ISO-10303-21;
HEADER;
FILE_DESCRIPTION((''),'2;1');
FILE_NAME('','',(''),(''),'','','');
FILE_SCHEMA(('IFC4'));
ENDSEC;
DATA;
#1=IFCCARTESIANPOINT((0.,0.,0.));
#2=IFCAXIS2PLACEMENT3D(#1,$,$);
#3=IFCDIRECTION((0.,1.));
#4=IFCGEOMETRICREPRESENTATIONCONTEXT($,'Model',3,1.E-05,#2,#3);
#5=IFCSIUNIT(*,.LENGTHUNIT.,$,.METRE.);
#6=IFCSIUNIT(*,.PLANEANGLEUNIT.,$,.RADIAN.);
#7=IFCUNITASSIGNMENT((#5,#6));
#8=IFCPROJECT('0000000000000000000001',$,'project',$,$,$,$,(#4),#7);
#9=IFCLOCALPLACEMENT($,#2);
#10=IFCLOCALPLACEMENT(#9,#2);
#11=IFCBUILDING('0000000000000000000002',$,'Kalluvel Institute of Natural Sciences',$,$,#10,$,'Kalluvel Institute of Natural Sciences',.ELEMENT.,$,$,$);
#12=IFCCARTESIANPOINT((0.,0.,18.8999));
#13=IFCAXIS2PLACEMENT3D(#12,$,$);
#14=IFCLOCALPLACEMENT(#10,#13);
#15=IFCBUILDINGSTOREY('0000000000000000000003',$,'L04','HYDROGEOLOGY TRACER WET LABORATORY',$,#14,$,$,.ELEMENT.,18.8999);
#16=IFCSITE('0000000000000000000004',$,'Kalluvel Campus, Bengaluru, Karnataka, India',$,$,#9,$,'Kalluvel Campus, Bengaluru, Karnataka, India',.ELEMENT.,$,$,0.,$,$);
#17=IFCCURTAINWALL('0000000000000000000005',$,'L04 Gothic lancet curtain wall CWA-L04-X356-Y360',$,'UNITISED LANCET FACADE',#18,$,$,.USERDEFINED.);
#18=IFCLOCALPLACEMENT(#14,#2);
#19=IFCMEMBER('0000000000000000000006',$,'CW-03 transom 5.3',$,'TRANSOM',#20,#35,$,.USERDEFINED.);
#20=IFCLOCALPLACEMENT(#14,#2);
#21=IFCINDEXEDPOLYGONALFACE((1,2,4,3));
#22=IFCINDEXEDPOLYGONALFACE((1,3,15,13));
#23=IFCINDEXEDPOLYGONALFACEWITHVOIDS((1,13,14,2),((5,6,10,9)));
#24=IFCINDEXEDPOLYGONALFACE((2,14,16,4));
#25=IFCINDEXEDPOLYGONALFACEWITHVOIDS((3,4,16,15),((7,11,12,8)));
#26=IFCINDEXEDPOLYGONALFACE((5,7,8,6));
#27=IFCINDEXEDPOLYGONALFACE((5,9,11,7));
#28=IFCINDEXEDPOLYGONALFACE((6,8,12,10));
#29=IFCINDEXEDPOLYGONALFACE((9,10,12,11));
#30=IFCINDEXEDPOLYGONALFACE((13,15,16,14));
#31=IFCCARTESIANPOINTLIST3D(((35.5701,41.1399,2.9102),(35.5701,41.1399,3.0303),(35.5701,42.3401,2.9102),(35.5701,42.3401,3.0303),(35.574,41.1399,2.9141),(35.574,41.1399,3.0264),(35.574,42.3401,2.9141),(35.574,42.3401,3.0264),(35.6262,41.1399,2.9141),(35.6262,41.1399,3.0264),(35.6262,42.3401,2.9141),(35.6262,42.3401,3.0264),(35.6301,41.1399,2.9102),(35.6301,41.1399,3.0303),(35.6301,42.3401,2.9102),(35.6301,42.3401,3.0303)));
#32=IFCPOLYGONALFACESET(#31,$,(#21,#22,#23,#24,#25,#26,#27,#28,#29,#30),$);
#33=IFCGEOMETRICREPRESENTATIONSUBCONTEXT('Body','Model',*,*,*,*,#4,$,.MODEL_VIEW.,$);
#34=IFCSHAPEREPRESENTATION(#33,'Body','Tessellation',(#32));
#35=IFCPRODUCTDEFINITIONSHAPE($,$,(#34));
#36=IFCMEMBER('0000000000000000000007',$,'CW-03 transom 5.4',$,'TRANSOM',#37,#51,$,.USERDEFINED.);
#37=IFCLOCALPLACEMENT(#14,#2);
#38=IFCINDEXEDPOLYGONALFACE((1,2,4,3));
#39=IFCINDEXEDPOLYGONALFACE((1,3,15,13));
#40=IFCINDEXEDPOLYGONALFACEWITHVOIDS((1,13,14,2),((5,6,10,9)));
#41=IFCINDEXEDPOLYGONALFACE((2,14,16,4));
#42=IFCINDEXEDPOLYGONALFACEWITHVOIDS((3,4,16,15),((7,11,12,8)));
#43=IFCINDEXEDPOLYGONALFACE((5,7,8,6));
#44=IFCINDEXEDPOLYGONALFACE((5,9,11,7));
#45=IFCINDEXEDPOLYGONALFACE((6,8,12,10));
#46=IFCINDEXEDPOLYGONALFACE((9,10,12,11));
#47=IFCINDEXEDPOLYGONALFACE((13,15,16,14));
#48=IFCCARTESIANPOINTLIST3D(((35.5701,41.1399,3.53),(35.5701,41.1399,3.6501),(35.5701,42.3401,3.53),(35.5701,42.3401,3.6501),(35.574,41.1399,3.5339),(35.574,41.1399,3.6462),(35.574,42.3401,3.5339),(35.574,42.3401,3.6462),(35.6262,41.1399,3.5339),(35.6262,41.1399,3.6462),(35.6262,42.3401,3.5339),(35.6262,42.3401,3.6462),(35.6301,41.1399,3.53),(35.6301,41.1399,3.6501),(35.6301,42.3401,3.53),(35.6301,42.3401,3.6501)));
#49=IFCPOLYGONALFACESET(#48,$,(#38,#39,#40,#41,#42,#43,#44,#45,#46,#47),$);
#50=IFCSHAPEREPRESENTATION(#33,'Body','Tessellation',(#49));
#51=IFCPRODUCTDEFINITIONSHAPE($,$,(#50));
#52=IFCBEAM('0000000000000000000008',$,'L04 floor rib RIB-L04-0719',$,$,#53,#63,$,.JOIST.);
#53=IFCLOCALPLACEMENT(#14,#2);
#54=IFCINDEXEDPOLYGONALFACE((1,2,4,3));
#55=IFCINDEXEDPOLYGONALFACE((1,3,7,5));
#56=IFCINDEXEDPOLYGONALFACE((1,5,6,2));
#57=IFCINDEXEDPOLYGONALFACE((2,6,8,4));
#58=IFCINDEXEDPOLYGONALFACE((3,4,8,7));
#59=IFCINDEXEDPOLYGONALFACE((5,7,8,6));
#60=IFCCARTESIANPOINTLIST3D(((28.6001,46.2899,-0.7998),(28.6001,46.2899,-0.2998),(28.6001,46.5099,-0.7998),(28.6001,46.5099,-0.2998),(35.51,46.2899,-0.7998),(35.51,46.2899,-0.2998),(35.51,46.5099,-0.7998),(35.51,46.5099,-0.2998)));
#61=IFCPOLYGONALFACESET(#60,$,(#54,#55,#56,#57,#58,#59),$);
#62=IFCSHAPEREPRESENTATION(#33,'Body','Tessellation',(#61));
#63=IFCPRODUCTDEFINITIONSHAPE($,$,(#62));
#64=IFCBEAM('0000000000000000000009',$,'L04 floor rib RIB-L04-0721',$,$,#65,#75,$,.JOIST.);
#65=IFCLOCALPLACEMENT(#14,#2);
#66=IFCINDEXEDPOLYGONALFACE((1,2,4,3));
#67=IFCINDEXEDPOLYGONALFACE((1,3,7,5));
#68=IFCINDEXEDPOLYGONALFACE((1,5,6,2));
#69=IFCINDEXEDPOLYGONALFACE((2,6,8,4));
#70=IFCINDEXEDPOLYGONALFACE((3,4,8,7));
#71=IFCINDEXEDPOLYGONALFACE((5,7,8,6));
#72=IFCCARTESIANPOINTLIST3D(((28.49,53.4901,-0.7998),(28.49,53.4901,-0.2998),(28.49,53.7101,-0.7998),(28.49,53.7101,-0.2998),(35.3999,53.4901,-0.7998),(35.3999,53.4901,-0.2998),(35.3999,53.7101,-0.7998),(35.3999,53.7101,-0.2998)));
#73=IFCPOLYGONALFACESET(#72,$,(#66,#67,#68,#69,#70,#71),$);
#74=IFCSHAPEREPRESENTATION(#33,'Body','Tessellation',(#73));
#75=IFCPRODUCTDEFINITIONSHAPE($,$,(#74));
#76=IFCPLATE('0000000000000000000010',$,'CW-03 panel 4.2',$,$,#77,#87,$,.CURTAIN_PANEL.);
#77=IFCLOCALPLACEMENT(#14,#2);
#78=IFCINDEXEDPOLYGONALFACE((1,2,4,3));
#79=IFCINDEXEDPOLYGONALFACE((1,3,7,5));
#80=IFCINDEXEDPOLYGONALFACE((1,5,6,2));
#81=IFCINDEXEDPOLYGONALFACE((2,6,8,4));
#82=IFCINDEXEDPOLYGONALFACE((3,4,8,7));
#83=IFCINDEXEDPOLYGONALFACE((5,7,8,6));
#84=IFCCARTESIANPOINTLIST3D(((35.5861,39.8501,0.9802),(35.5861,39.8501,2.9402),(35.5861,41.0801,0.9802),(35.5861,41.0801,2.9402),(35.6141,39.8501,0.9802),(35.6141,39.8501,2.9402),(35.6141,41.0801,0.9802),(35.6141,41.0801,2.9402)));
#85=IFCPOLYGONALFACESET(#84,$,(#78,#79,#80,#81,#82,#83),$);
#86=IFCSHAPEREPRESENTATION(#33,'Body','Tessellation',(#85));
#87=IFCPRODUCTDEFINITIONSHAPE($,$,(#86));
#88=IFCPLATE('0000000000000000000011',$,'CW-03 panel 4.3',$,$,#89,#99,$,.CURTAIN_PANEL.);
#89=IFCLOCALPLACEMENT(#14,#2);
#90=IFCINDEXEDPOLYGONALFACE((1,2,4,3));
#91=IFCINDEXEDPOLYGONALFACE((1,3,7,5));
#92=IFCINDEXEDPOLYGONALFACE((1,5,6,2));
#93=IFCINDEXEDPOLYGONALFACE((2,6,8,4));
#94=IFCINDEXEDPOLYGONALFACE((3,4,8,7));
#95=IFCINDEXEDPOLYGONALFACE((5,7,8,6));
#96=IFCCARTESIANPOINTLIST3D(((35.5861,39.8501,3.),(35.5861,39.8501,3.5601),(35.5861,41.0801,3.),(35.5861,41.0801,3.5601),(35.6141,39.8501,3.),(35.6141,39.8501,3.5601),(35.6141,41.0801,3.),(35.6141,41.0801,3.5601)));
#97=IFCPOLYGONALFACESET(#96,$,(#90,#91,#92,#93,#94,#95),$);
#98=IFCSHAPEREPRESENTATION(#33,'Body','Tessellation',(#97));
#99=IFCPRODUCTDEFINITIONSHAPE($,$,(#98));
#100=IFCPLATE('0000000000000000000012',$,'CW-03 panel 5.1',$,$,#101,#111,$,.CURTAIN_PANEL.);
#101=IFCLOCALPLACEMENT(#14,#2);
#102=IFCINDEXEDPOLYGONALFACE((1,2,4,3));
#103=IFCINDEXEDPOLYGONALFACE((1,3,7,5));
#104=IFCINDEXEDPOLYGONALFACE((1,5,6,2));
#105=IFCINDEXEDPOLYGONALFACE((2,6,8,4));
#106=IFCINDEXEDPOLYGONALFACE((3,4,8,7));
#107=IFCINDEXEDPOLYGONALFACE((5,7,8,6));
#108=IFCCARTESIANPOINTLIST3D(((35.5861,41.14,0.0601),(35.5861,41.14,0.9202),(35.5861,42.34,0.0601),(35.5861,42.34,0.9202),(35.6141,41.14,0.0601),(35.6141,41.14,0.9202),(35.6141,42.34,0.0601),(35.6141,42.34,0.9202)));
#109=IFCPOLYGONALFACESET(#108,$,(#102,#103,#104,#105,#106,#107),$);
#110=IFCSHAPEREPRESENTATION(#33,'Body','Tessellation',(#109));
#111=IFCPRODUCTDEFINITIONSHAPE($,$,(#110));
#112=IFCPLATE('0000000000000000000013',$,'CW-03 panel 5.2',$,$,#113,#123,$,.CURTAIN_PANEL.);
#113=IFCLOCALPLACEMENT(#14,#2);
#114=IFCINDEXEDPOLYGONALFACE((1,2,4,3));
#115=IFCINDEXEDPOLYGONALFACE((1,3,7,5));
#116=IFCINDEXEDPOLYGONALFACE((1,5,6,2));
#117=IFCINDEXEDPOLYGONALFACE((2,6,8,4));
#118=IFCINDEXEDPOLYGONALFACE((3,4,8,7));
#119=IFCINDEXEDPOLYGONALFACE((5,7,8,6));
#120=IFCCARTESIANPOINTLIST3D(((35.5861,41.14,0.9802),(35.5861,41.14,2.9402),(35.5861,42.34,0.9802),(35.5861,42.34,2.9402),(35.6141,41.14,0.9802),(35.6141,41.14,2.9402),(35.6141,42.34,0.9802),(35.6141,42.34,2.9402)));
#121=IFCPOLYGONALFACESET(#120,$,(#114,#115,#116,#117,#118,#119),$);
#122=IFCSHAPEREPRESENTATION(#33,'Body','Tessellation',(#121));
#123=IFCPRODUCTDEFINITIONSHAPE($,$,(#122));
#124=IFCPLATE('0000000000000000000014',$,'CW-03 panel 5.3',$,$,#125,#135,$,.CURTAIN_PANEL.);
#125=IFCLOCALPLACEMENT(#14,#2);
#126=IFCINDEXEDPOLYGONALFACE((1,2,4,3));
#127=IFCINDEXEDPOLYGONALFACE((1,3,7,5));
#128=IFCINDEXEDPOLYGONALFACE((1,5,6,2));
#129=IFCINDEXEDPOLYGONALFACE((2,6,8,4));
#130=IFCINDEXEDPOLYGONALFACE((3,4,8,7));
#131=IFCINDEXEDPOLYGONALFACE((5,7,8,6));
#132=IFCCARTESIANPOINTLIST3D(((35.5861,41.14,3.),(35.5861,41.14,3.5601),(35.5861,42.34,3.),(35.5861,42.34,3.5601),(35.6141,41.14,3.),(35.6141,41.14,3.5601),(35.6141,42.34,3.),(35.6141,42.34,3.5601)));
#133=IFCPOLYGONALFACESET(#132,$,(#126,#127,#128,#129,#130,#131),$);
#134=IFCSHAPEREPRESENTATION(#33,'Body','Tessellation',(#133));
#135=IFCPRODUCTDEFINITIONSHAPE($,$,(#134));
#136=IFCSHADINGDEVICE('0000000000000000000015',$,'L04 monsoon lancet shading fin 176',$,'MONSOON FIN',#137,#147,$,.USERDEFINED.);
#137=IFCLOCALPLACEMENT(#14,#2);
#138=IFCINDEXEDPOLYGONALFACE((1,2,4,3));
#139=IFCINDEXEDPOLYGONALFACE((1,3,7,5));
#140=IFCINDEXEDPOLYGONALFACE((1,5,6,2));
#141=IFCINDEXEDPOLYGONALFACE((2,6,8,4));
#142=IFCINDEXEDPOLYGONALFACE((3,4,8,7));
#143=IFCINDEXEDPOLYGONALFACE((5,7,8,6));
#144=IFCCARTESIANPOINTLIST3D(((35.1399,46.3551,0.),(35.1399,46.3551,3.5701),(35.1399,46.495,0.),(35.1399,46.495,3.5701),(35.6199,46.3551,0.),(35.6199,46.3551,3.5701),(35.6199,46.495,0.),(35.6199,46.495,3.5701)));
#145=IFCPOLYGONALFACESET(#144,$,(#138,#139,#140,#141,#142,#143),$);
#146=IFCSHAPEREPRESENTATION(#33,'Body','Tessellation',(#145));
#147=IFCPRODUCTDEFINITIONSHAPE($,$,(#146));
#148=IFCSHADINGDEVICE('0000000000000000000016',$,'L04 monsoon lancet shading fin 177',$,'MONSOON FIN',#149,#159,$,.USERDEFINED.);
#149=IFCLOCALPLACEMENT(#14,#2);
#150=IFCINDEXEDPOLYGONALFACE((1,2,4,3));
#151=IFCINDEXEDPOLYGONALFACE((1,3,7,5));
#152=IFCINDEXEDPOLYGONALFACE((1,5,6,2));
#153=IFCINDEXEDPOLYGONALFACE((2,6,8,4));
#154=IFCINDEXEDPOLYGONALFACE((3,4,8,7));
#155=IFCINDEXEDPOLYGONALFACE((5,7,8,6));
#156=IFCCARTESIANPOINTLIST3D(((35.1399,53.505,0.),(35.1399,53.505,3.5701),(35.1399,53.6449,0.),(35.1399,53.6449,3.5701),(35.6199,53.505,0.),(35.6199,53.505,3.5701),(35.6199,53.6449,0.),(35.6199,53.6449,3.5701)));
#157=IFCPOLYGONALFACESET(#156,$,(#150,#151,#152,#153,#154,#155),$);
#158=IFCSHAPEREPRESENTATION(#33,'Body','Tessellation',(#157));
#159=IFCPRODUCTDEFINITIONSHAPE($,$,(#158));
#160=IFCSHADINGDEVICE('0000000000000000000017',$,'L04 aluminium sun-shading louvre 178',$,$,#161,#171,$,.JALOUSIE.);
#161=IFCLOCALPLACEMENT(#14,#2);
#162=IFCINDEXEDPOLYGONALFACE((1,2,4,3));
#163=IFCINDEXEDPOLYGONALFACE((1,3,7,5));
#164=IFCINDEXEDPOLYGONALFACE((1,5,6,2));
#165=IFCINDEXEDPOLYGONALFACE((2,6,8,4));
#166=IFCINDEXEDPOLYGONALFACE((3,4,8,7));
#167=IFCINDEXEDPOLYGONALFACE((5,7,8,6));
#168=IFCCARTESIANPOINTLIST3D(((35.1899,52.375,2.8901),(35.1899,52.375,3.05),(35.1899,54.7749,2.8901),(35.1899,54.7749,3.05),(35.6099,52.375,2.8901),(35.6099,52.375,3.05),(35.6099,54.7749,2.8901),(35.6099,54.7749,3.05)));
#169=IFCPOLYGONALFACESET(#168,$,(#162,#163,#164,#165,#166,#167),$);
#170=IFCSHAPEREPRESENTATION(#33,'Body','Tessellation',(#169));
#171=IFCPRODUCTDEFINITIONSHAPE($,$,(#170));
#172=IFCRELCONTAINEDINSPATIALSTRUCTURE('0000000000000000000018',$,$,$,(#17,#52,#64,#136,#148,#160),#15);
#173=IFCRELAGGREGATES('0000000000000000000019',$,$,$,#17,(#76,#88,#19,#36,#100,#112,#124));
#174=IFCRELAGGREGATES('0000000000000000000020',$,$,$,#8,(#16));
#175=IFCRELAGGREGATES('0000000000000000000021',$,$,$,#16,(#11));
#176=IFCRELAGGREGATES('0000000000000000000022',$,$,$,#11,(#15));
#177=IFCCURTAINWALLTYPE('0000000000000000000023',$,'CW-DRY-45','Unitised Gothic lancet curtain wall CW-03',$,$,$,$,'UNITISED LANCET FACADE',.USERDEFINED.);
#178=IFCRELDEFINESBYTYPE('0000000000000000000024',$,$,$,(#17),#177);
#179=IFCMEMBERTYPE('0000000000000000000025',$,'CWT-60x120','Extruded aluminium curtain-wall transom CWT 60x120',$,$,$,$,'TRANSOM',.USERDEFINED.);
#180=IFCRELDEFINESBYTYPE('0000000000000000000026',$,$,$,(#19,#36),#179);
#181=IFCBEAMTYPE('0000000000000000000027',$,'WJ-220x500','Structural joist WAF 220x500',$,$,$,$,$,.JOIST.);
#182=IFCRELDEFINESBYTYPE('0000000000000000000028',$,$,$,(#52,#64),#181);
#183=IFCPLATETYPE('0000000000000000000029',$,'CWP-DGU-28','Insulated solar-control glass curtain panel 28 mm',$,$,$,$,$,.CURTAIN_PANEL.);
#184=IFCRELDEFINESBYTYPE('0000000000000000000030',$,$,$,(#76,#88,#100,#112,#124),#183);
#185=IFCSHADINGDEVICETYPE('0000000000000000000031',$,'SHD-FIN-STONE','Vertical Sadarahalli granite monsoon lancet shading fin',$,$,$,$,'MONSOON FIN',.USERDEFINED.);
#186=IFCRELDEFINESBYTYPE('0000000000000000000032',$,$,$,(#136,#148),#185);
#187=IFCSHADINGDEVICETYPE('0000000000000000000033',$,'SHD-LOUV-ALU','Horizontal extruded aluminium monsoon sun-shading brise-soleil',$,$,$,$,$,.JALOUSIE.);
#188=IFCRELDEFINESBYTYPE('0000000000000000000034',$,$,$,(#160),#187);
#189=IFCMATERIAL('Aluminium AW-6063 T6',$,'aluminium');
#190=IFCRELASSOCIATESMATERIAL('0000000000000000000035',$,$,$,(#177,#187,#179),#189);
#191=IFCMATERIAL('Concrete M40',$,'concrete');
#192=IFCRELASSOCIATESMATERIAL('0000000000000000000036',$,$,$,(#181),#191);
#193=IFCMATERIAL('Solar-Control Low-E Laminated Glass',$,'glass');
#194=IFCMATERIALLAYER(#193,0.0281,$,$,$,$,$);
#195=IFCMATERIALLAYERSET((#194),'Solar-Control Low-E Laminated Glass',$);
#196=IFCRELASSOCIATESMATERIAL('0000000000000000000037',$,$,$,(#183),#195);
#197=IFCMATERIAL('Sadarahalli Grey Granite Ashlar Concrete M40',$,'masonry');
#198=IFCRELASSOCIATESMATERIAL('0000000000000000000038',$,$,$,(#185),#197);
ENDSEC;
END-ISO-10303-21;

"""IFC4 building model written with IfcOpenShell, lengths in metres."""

from ifc_helpers import new_model, si_unit, direction, frame, origin, origin_2d, place, context, subcontext, project, spatial, rectangle, hollow_rectangle, extrude, material, layer, layer_set, material_profile, profile_set, type_object, element, aggregate, save


model = new_model("IFC4")

# Units and contexts
model_context = context("Model", 3, precision=1e-05, world=origin(), true_north=direction((0.0, 1.0)))
body_context = subcontext(model_context, "Body", "Model", "MODEL_VIEW")
ifc_project = project(units=[si_unit("LENGTHUNIT", "METRE"), si_unit("PLANEANGLEUNIT", "RADIAN")], contexts=[model_context])

# Site, building, storey
site_placement = place(None, origin())
site = spatial("IfcSite", under=ifc_project, at=site_placement, Name="Kalluvel Campus, Bengaluru, Karnataka, India", LongName="Kalluvel Campus, Bengaluru, Karnataka, India", CompositionType="ELEMENT", RefElevation=0.0)
building_placement = place(site_placement, origin())
building = spatial("IfcBuilding", under=site, at=building_placement, Name="Kalluvel Institute of Natural Sciences", LongName="Kalluvel Institute of Natural Sciences", CompositionType="ELEMENT")
storey_placement = place(building_placement, frame((0.0, 0.0, 18.8999)))
storey = spatial("IfcBuildingStorey", under=building, at=storey_placement, Name="L04", Description="HYDROGEOLOGY TRACER WET LABORATORY", CompositionType="ELEMENT", Elevation=18.8999)

# Shared definitions
ifc_material_1 = material(Name="Concrete M40", Category="concrete")

# Curtain wall
ifc_material_2 = material(Name="Aluminium AW-6063 T6", Category="aluminium")
curtain_wall_type = type_object("IfcCurtainWallType", Name="CW-DRY-45", Description="Unitised Gothic lancet curtain wall CW-03", ElementType="UNITISED LANCET FACADE", PredefinedType="USERDEFINED", material=ifc_material_2)
curtain_wall_1_placement = place(storey_placement, origin())
curtain_wall_1 = element("IfcCurtainWall", 1, at=curtain_wall_1_placement, inside=storey, type_object=curtain_wall_type, Name="L04 Gothic lancet curtain wall CWA-L04-X356-Y360", ObjectType="UNITISED LANCET FACADE", PredefinedType="USERDEFINED")

# Members
ifc_material_profile_1 = material_profile(ifc_material_2, hollow_rectangle(XDim=0.0601, YDim=0.1201, WallThickness=0.0039, at=origin_2d()), Name="CWT 60x120")
ifc_profile_set_1 = profile_set([ifc_material_profile_1], Name="Aluminium AW-6063 T6")
member_type_1 = type_object("IfcMemberType", Name="CWT-60x120", Description="Extruded aluminium curtain-wall transom CWT 60x120", ElementType="TRANSOM", PredefinedType="USERDEFINED", material=ifc_profile_set_1)
member_1_placement = place(storey_placement, frame((35.6001, 41.1399, 2.9702), z_axis=(0.0, 1.0, 0.0), x_axis=(-1.0, 0.0, 0.0)))
member_1 = element("IfcMember", 2, at=member_1_placement, type_object=member_type_1, Name="CW-03 transom 5.3", ObjectType="TRANSOM", PredefinedType="USERDEFINED", context=body_context, shape_type="SweptSolid", body=[
    extrude(hollow_rectangle(XDim=0.0601, YDim=0.1201, WallThickness=0.0039, at=origin_2d()), origin(), (0.0, 0.0, 1.0), 1.2002),
])
member_2_placement = place(storey_placement, frame((35.6001, 41.1399, 3.5901), z_axis=(0.0, 1.0, 0.0), x_axis=(-1.0, 0.0, 0.0)))
member_2 = element("IfcMember", 3, at=member_2_placement, type_object=member_type_1, Name="CW-03 transom 5.4", ObjectType="TRANSOM", PredefinedType="USERDEFINED", context=body_context, shape_type="SweptSolid", body=[
    extrude(hollow_rectangle(XDim=0.0601, YDim=0.1201, WallThickness=0.0039, at=origin_2d()), origin(), (0.0, 0.0, 1.0), 1.2002),
])

# Beams
ifc_material_profile_2 = material_profile(ifc_material_1, rectangle(XDim=0.22, YDim=0.5, at=origin_2d()), Name="WAF 220x500")
ifc_profile_set_2 = profile_set([ifc_material_profile_2], Name="Concrete M40")
beam_type_1 = type_object("IfcBeamType", Name="WJ-220x500", Description="Structural joist WAF 220x500", PredefinedType="JOIST", material=ifc_profile_set_2)
for number, where, z_axis, x_axis, name in (
    (4, (28.6001, 46.3999, -0.5498), (1.0, 0.0, 0.0), (0.0, 1.0, 0.0), "L04 floor rib RIB-L04-0719"),
    (5, (28.49, 53.6001, -0.5498), (1.0, 0.0, 0.0), (0.0, 1.0, 0.0), "L04 floor rib RIB-L04-0721"),
):
    element("IfcBeam", number, at=place(storey_placement, frame(where, z_axis=z_axis, x_axis=x_axis)), inside=storey, type_object=beam_type_1, Name=name, PredefinedType="JOIST", context=body_context, shape_type="SweptSolid", body=[
        extrude(rectangle(XDim=0.22, YDim=0.5, at=origin_2d()), origin(), (0.0, 0.0, 1.0), 6.9099),
    ])

# Plates
ifc_material_3 = material(Name="Solar-Control Low-E Laminated Glass", Category="glass")
ifc_layer = layer(ifc_material_3, 0.0281)
ifc_layer_set = layer_set([ifc_layer], Name="Solar-Control Low-E Laminated Glass")
plate_type = type_object("IfcPlateType", Name="CWP-DGU-28", Description="Insulated solar-control glass curtain panel 28 mm", PredefinedType="CURTAIN_PANEL", material=ifc_layer_set)
plate_1_placement = place(storey_placement, frame((35.6001, 40.4651, 0.9802), z_axis=(0.0, 0.0, 1.0), x_axis=(0.0, 1.0, 0.0)))
plate_1 = element("IfcPlate", 6, at=plate_1_placement, type_object=plate_type, Name="CW-03 panel 4.2", PredefinedType="CURTAIN_PANEL", context=body_context, shape_type="SweptSolid", body=[
    extrude(rectangle(XDim=1.23, YDim=0.0281, at=origin_2d()), origin(), (0.0, 0.0, 1.0), 1.96),
])
plate_2_placement = place(storey_placement, frame((35.6001, 40.4651, 3.0), z_axis=(0.0, 0.0, 1.0), x_axis=(0.0, 1.0, 0.0)))
plate_2 = element("IfcPlate", 7, at=plate_2_placement, type_object=plate_type, Name="CW-03 panel 4.3", PredefinedType="CURTAIN_PANEL", context=body_context, shape_type="SweptSolid", body=[
    extrude(rectangle(XDim=1.23, YDim=0.0281, at=origin_2d()), origin(), (0.0, 0.0, 1.0), 0.5601),
])
plate_3_placement = place(storey_placement, frame((35.6001, 41.74, 0.0601), z_axis=(0.0, 0.0, 1.0), x_axis=(0.0, 1.0, 0.0)))
plate_3 = element("IfcPlate", 8, at=plate_3_placement, type_object=plate_type, Name="CW-03 panel 5.1", PredefinedType="CURTAIN_PANEL", context=body_context, shape_type="SweptSolid", body=[
    extrude(rectangle(XDim=1.2, YDim=0.0281, at=origin_2d()), origin(), (0.0, 0.0, 1.0), 0.8601),
])
plate_4_placement = place(storey_placement, frame((35.6001, 41.74, 0.9802), z_axis=(0.0, 0.0, 1.0), x_axis=(0.0, 1.0, 0.0)))
plate_4 = element("IfcPlate", 9, at=plate_4_placement, type_object=plate_type, Name="CW-03 panel 5.2", PredefinedType="CURTAIN_PANEL", context=body_context, shape_type="SweptSolid", body=[
    extrude(rectangle(XDim=1.2, YDim=0.0281, at=origin_2d()), origin(), (0.0, 0.0, 1.0), 1.96),
])
plate_5_placement = place(storey_placement, frame((35.6001, 41.74, 3.0), z_axis=(0.0, 0.0, 1.0), x_axis=(0.0, 1.0, 0.0)))
plate_5 = element("IfcPlate", 10, at=plate_5_placement, type_object=plate_type, Name="CW-03 panel 5.3", PredefinedType="CURTAIN_PANEL", context=body_context, shape_type="SweptSolid", body=[
    extrude(rectangle(XDim=1.2, YDim=0.0281, at=origin_2d()), origin(), (0.0, 0.0, 1.0), 0.5601),
])
aggregate(curtain_wall_1, [plate_1, plate_2, member_1, member_2, plate_3, plate_4, plate_5])

# Shading devices
ifc_material_4 = material(Name="Sadarahalli Grey Granite Ashlar Concrete M40", Category="masonry")
shading_device_type_1 = type_object("IfcShadingDeviceType", Name="SHD-FIN-STONE", Description="Vertical Sadarahalli granite monsoon lancet shading fin", ElementType="MONSOON FIN", PredefinedType="USERDEFINED", material=ifc_material_4)
for number, where, z_axis, x_axis, name in (
    (11, (35.3799, 46.425, 0.0), (0.0, 0.0, 1.0), (0.0, 1.0, 0.0), "L04 monsoon lancet shading fin 176"),
    (12, (35.3799, 53.575, 0.0), (0.0, 0.0, 1.0), (0.0, 1.0, 0.0), "L04 monsoon lancet shading fin 177"),
):
    element("IfcShadingDevice", number, at=place(storey_placement, frame(where, z_axis=z_axis, x_axis=x_axis)), inside=storey, type_object=shading_device_type_1, Name=name, ObjectType="MONSOON FIN", PredefinedType="USERDEFINED", context=body_context, shape_type="SweptSolid", body=[
        extrude(rectangle(XDim=0.1399, YDim=0.48, at=origin_2d()), origin(), (0.0, 0.0, 1.0), 3.5701),
    ])
shading_device_type_2 = type_object("IfcShadingDeviceType", Name="SHD-LOUV-ALU", Description="Horizontal extruded aluminium monsoon sun-shading brise-soleil", PredefinedType="JALOUSIE", material=ifc_material_2)
shading_device_placement = place(storey_placement, frame((35.3999, 53.575, 2.8901), z_axis=(0.0, 0.0, 1.0), x_axis=(0.0, 1.0, 0.0)))
element("IfcShadingDevice", 13, at=shading_device_placement, inside=storey, type_object=shading_device_type_2, Name="L04 aluminium sun-shading louvre 178", PredefinedType="JALOUSIE", context=body_context, shape_type="SweptSolid", body=[
    extrude(rectangle(XDim=2.3999, YDim=0.4199, at=origin_2d()), origin(), (0.0, 0.0, 1.0), 0.1599),
])

save(model, "model.ifc")
